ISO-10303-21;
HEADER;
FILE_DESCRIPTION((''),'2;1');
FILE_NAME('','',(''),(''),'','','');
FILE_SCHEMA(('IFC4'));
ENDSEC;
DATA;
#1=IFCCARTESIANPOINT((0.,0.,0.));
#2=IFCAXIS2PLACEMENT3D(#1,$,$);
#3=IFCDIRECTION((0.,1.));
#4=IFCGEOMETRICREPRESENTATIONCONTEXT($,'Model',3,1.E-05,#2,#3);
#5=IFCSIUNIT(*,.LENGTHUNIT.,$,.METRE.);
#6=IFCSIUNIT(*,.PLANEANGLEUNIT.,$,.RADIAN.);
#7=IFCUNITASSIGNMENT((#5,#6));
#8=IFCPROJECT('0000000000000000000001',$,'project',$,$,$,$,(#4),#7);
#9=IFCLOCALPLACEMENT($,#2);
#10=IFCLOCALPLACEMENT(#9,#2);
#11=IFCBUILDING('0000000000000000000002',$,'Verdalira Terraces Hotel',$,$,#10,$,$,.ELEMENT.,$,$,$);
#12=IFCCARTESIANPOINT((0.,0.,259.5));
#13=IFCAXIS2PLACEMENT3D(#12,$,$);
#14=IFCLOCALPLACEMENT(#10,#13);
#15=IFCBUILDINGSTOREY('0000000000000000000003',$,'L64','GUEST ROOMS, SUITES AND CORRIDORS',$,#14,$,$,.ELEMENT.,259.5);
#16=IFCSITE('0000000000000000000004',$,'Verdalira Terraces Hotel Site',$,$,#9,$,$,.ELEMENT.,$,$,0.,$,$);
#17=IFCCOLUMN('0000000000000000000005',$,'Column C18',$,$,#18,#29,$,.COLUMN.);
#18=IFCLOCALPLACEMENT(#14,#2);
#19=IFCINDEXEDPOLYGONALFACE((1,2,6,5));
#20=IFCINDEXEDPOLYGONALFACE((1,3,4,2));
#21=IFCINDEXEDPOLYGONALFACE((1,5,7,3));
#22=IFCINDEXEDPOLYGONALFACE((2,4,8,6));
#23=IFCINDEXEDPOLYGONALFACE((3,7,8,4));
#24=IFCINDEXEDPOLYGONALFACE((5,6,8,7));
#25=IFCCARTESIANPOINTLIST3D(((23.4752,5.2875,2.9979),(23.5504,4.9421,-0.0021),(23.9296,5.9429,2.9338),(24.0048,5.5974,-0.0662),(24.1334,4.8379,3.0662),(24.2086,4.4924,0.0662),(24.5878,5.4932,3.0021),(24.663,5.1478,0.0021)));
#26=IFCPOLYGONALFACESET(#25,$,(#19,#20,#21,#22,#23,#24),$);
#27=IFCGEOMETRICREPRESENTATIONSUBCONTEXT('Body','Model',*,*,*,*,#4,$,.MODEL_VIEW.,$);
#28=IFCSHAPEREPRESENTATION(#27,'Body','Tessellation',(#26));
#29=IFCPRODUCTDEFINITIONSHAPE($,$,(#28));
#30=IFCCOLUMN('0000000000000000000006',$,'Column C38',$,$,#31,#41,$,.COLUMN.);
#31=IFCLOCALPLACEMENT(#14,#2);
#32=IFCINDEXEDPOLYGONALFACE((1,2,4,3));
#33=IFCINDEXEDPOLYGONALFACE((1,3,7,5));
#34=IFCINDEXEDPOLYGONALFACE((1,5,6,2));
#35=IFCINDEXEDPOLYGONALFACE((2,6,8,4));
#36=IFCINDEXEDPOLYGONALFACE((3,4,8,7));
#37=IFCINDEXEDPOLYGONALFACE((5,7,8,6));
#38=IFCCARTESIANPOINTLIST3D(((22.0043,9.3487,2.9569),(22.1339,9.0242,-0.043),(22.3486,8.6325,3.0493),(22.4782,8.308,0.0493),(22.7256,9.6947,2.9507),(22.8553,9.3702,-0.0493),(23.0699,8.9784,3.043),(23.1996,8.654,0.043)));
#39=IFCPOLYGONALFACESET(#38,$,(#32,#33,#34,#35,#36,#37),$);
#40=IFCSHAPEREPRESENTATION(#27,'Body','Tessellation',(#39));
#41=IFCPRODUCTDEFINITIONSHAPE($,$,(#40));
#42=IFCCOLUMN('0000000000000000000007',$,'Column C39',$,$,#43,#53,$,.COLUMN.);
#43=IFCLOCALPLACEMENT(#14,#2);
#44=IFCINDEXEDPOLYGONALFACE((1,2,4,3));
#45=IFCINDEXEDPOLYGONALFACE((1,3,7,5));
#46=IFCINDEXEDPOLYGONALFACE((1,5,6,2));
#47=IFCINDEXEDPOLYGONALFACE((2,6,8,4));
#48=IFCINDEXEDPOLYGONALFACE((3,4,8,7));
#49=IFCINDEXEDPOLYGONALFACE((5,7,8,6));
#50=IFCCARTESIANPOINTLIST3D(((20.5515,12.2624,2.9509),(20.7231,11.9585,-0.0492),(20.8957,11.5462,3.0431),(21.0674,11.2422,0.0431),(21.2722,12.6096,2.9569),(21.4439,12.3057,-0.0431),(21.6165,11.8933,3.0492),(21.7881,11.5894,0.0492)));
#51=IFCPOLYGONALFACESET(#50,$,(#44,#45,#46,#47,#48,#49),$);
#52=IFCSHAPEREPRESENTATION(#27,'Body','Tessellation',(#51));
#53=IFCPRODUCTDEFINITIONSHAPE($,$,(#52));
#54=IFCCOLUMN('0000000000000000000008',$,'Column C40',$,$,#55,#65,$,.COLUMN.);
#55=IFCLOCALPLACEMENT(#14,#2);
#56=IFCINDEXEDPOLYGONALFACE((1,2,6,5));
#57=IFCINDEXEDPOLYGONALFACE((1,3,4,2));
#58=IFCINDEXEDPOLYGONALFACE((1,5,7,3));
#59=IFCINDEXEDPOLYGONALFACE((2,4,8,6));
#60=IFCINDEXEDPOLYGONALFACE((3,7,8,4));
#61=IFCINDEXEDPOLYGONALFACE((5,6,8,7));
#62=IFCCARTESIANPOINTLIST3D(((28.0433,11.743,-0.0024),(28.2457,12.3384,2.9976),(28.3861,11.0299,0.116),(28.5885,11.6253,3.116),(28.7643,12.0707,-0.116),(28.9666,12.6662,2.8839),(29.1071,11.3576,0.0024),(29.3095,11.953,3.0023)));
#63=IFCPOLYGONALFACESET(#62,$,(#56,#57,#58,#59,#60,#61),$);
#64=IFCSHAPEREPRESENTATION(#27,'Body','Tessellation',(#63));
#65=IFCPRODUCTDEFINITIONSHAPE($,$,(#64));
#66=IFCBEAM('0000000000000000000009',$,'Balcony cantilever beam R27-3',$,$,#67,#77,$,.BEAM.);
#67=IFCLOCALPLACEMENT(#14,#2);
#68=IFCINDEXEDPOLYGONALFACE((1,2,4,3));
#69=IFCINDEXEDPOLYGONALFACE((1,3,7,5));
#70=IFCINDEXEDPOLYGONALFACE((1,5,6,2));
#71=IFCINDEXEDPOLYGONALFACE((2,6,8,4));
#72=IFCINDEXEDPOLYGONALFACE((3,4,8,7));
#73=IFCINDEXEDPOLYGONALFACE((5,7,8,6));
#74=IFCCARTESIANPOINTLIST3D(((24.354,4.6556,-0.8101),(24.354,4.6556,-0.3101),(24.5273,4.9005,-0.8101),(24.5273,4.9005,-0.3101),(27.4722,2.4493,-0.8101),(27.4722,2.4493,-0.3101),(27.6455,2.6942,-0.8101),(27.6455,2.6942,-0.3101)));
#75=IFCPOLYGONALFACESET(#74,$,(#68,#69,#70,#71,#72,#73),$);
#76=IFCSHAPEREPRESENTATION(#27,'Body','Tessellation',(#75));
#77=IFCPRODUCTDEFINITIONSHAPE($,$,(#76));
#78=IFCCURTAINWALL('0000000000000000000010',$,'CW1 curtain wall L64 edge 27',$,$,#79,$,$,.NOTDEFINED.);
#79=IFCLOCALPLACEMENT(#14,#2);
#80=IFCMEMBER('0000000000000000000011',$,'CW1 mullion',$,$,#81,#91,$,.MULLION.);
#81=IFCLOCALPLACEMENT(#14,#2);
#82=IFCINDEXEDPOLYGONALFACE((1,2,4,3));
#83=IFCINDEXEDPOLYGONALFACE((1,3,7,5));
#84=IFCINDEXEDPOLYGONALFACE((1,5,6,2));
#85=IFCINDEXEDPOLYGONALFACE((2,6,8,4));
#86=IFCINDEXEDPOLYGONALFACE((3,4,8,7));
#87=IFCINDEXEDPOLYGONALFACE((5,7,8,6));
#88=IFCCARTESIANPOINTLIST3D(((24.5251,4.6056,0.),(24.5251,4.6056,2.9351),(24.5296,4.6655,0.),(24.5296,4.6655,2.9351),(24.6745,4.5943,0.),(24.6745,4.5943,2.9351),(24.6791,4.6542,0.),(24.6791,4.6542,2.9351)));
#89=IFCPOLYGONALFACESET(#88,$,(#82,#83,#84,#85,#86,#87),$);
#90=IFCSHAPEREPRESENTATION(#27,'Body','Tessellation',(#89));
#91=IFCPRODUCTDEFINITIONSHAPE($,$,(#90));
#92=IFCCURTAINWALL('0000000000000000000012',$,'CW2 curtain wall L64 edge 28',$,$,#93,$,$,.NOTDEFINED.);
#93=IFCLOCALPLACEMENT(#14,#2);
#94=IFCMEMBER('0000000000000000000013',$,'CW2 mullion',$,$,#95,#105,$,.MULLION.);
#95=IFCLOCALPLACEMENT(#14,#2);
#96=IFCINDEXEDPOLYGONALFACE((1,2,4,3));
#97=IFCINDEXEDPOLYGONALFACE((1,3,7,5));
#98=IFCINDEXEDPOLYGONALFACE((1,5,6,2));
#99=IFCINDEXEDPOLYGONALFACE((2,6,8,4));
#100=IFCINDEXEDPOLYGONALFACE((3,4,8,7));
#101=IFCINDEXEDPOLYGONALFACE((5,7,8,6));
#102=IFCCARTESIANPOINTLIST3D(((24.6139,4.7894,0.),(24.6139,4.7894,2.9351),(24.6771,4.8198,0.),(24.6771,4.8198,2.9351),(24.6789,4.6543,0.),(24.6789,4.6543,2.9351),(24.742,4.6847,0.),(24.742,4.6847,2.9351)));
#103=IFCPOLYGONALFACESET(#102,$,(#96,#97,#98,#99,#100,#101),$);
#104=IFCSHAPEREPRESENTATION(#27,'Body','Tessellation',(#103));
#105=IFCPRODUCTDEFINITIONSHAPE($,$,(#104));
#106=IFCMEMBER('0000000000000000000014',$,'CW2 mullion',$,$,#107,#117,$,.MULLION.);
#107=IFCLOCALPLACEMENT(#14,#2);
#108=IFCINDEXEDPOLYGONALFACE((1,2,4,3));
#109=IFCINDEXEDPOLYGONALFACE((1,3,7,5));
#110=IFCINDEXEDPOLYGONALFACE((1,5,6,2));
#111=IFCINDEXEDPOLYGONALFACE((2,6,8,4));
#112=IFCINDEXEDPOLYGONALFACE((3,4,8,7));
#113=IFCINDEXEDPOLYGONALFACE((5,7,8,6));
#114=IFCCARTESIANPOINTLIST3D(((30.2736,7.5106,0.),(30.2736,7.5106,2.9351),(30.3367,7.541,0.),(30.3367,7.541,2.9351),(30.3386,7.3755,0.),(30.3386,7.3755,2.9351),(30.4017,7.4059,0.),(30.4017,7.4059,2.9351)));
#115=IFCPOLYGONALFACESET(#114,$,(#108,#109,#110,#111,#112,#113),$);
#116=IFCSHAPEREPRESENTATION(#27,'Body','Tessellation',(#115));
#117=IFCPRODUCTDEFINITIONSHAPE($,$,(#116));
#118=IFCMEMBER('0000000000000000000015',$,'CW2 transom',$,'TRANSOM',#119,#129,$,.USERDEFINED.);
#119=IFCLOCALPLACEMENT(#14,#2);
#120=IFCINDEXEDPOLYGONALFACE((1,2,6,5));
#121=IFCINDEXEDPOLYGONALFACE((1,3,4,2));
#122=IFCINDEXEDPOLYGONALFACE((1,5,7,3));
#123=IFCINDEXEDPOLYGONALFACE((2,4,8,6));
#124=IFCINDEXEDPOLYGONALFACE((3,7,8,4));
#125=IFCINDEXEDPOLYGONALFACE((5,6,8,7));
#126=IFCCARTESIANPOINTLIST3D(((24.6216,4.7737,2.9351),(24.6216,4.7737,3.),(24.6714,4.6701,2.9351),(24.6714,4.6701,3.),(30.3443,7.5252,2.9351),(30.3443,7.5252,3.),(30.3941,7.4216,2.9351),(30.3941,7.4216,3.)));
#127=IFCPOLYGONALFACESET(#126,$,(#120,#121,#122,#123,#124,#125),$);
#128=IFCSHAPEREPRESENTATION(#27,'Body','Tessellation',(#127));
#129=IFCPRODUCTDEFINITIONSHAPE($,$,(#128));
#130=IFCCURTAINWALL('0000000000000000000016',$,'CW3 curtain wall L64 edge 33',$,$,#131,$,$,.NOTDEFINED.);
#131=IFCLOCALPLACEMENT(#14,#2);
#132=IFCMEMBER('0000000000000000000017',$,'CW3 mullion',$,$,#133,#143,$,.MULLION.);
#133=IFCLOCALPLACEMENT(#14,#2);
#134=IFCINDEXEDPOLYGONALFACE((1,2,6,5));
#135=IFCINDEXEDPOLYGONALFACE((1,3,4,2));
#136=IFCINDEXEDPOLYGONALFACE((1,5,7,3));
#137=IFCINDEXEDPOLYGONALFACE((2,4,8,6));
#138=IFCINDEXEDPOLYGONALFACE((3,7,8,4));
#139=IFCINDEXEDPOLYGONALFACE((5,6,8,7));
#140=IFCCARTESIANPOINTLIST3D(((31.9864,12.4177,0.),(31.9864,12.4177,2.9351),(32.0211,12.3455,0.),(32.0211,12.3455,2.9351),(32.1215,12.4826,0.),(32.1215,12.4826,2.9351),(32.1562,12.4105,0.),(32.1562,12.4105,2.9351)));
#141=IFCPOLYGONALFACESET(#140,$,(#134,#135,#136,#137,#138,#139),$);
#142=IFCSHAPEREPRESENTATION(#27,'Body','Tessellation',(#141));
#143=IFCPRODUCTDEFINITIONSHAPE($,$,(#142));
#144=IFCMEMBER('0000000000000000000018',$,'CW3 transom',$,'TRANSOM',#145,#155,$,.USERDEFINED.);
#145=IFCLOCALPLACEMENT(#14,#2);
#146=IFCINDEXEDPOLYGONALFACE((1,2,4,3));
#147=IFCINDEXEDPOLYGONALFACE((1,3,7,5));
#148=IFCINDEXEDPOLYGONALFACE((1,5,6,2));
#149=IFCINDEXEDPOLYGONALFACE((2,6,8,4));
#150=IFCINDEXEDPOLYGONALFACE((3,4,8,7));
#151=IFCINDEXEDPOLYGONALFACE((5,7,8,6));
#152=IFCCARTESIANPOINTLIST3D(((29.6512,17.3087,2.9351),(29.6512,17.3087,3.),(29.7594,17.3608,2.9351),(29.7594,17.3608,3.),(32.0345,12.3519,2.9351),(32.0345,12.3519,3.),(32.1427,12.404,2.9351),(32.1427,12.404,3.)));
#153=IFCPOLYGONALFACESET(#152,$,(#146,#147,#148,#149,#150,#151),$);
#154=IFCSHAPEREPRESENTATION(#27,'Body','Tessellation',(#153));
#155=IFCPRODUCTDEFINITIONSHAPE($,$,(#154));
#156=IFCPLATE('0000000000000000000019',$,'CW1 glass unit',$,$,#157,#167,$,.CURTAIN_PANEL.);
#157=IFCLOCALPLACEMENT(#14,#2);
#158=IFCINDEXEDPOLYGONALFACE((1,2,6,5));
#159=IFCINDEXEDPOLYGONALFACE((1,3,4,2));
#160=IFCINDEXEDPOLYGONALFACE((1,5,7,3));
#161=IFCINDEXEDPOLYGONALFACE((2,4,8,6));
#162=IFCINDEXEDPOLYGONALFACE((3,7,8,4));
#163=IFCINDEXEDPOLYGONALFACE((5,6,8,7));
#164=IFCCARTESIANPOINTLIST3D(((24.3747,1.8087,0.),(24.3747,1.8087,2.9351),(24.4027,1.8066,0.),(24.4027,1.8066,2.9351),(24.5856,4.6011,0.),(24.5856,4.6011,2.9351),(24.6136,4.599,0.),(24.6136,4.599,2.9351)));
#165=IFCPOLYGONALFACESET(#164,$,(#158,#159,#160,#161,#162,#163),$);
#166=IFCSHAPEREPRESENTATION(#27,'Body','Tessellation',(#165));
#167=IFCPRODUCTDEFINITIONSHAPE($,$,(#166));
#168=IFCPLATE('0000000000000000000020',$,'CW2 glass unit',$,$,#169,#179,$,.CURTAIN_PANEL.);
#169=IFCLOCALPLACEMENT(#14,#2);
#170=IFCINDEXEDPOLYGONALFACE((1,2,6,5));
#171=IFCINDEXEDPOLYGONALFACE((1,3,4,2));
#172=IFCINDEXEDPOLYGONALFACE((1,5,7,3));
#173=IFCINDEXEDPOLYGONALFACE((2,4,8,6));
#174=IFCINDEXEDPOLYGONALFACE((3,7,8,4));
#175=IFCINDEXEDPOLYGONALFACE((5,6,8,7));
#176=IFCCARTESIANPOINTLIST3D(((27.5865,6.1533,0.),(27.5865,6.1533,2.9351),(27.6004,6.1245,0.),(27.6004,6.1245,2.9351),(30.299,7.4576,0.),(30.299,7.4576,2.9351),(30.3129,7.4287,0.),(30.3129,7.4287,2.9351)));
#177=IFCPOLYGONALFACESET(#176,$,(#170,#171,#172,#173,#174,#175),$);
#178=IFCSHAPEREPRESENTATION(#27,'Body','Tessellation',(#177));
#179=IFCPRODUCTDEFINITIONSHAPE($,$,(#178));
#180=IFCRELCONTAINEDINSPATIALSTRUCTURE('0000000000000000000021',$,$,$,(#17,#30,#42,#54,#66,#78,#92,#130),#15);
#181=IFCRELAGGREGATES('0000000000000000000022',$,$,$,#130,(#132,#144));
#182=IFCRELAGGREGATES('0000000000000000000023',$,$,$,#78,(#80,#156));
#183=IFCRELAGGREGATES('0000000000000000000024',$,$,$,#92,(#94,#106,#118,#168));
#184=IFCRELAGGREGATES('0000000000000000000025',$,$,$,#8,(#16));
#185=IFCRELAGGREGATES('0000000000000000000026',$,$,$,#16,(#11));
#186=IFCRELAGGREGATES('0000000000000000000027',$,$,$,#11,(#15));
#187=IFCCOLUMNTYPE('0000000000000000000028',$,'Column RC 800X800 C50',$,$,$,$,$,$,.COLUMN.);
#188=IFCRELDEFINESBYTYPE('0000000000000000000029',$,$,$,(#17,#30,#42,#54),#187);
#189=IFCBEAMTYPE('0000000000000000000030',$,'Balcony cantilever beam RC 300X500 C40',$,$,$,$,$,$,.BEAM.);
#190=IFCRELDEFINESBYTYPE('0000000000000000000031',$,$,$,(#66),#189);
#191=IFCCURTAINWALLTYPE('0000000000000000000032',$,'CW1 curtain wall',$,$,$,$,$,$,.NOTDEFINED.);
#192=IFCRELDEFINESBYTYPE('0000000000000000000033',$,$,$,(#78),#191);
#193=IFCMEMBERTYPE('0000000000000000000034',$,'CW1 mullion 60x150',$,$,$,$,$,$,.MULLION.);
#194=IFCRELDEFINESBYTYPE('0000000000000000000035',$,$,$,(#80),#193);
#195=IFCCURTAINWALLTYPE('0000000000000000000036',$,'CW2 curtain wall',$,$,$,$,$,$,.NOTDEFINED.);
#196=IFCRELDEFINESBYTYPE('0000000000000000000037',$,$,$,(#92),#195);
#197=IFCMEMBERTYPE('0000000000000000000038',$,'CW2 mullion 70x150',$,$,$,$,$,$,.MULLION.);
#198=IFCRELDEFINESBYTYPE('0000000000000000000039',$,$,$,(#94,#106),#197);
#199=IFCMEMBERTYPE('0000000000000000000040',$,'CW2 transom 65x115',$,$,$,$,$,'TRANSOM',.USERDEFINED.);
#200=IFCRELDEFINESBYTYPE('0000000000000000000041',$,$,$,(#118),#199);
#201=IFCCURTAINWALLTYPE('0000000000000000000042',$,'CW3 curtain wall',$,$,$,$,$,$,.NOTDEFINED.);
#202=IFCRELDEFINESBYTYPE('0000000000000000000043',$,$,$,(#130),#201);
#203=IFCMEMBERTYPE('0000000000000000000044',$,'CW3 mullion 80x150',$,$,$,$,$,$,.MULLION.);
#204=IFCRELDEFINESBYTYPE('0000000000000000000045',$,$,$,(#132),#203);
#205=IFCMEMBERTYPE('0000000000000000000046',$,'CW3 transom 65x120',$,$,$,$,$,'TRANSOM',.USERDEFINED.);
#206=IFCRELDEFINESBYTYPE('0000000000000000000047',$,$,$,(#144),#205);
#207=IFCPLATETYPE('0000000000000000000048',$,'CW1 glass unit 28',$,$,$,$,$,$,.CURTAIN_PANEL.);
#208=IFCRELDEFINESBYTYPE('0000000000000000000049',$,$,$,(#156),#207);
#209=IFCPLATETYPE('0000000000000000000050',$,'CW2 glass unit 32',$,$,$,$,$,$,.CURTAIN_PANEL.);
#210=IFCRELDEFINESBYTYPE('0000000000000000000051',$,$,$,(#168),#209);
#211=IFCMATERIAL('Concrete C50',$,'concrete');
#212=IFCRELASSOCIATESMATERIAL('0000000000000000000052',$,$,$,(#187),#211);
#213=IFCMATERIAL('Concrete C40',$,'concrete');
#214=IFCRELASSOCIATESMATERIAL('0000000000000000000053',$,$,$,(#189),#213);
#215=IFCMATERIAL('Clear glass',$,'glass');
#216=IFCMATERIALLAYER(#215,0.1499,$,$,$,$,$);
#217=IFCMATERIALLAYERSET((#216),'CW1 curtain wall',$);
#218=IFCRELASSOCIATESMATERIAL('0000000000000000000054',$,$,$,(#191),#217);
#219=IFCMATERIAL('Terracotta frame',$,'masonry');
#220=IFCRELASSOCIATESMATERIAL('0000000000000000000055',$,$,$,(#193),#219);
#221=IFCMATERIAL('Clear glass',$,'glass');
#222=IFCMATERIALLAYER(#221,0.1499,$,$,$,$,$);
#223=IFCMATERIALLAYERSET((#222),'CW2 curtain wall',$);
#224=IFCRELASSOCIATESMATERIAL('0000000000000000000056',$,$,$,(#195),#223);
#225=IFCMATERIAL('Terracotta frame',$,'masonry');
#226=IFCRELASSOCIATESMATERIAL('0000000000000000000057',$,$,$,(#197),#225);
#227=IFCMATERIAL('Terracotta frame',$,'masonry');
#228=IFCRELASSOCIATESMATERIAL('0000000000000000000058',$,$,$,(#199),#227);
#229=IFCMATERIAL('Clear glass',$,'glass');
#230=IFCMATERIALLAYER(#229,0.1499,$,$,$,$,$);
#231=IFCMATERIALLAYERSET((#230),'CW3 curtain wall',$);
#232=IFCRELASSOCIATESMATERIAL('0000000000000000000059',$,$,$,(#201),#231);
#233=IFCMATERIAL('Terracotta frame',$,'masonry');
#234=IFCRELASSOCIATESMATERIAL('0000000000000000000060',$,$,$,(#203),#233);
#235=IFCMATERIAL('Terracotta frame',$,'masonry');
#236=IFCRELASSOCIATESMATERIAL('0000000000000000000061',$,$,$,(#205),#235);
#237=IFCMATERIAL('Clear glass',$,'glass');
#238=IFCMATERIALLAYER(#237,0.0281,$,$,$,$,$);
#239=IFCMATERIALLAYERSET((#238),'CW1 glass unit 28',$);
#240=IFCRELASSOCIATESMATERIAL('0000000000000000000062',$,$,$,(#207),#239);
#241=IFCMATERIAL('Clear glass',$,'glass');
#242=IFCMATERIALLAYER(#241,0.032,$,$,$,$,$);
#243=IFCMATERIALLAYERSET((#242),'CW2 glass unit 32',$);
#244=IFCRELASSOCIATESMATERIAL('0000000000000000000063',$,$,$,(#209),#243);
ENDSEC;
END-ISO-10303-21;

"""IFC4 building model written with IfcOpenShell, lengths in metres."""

from ifc_helpers import new_model, si_unit, direction, frame, origin, origin_2d, place, context, subcontext, project, spatial, rectangle, extrude, material, layer, layer_set, material_profile, profile_set, type_object, element, aggregate, save


model = new_model("IFC4")

# Units and contexts
model_context = context("Model", 3, precision=1e-05, world=origin(), true_north=direction((0.0, 1.0)))
body_context = subcontext(model_context, "Body", "Model", "MODEL_VIEW")
ifc_project = project(units=[si_unit("LENGTHUNIT", "METRE"), si_unit("PLANEANGLEUNIT", "RADIAN")], contexts=[model_context])

# Site, building, storey
site_placement = place(None, origin())
site = spatial("IfcSite", under=ifc_project, at=site_placement, Name="Verdalira Terraces Hotel Site", CompositionType="ELEMENT", RefElevation=0.0)
building_placement = place(site_placement, origin())
building = spatial("IfcBuilding", under=site, at=building_placement, Name="Verdalira Terraces Hotel", CompositionType="ELEMENT")
storey_placement = place(building_placement, frame((0.0, 0.0, 259.5)))
storey = spatial("IfcBuildingStorey", under=building, at=storey_placement, Name="L64", Description="GUEST ROOMS, SUITES AND CORRIDORS", CompositionType="ELEMENT", Elevation=259.5)

# Columns
ifc_material_1 = material(Name="Concrete C50", Category="concrete")
ifc_material_profile_1 = material_profile(ifc_material_1, rectangle(XDim=0.8, YDim=0.8, at=origin_2d()), Name="RC 800X800")
ifc_profile_set_1 = profile_set([ifc_material_profile_1], Name="Concrete C50")
column_type = type_object("IfcColumnType", Name="Column RC 800X800 C50", PredefinedType="COLUMN", material=ifc_profile_set_1)
column_1_placement = place(storey_placement, frame((24.1067, 5.0449, 0.0), z_axis=(-0.024893, 0.114362, 0.993127), x_axis=(-0.567941, -0.819163, 0.080094)))
element("IfcColumn", 1, at=column_1_placement, inside=storey, type_object=column_type, Name="Column C18", PredefinedType="COLUMN", context=body_context, shape_type="SweptSolid", body=[
    extrude(rectangle(XDim=0.8, YDim=0.8, at=origin_2d()), origin(), (0.0, 0.0, 1.0), 3.0208),
])
for number, where, z_axis, x_axis, name in (
    (2, (22.6667, 8.8391, 0.0), (-0.042923, 0.107428, 0.993286), (0.901629, 0.432439, -0.007808), "Column C38"),
    (3, (21.2556, 11.7739, 0.0), (-0.056827, 0.100639, 0.993299), (0.900907, 0.433946, 0.007574), "Column C39"),
):
    element("IfcColumn", number, at=place(storey_placement, frame(where, z_axis=z_axis, x_axis=x_axis)), inside=storey, type_object=column_type, Name=name, PredefinedType="COLUMN", context=body_context, shape_type="SweptSolid", body=[
        extrude(rectangle(XDim=0.8, YDim=0.8, at=origin_2d()), origin(), (0.0, 0.0, 1.0), 3.0203),
    ])
column_2_placement = place(storey_placement, frame((28.5752, 11.5503, 0.0), z_axis=(0.066029, 0.194263, 0.978725), x_axis=(0.901125, 0.409613, -0.142096)))
element("IfcColumn", 4, at=column_2_placement, inside=storey, type_object=column_type, Name="Column C40", PredefinedType="COLUMN", context=body_context, shape_type="SweptSolid", body=[
    extrude(rectangle(XDim=0.8, YDim=0.8, at=origin_2d()), origin(), (0.0, 0.0, 1.0), 3.0652),
])

# Beam
ifc_material_2 = material(Name="Concrete C40", Category="concrete")
ifc_material_profile_2 = material_profile(ifc_material_2, rectangle(XDim=0.3, YDim=0.5, at=origin_2d()), Name="RC 300X500")
ifc_profile_set_2 = profile_set([ifc_material_profile_2], Name="Concrete C40")
beam_type = type_object("IfcBeamType", Name="Balcony cantilever beam RC 300X500 C40", PredefinedType="BEAM", material=ifc_profile_set_2)
beam_placement = place(storey_placement, frame((24.4407, 4.7781, -0.5601), z_axis=(0.816321, -0.577599, 0.0), x_axis=(0.577599, 0.816321, 0.0)))
element("IfcBeam", 5, at=beam_placement, inside=storey, type_object=beam_type, Name="Balcony cantilever beam R27-3", PredefinedType="BEAM", context=body_context, shape_type="SweptSolid", body=[
    extrude(rectangle(XDim=0.3, YDim=0.5, at=origin_2d()), origin(), (0.0, 0.0, 1.0), 3.8198),
])

# Curtain wall, member
ifc_material_3 = material(Name="Clear glass", Category="glass")
ifc_layer_1 = layer(ifc_material_3, 0.1499)
ifc_layer_set_1 = layer_set([ifc_layer_1], Name="CW1 curtain wall")
curtain_wall_type_1 = type_object("IfcCurtainWallType", Name="CW1 curtain wall", PredefinedType="NOTDEFINED", material=ifc_layer_set_1)
curtain_wall_1_placement = place(storey_placement, origin())
curtain_wall_1 = element("IfcCurtainWall", 6, at=curtain_wall_1_placement, inside=storey, type_object=curtain_wall_type_1, Name="CW1 curtain wall L64 edge 27", PredefinedType="NOTDEFINED")
ifc_material_4 = material(Name="Terracotta frame", Category="masonry")
ifc_material_profile_3 = material_profile(ifc_material_4, rectangle(XDim=0.0601, YDim=0.1499, at=origin_2d()), Name="MU 60x150")
ifc_profile_set_3 = profile_set([ifc_material_profile_3], Name="Terracotta frame")
member_type_1 = type_object("IfcMemberType", Name="CW1 mullion 60x150", PredefinedType="MULLION", material=ifc_profile_set_3)
member_1_placement = place(storey_placement, frame((24.6021, 4.6299, 0.0), z_axis=(0.0, 0.0, 1.0), x_axis=(0.075327, 0.997159, 0.0)))
member_1 = element("IfcMember", 7, at=member_1_placement, type_object=member_type_1, Name="CW1 mullion", PredefinedType="MULLION", context=body_context, shape_type="SweptSolid", body=[
    extrude(rectangle(XDim=0.0601, YDim=0.1499, at=origin_2d()), origin(), (0.0, 0.0, 1.0), 2.9351),
])

# Curtain walls, members
ifc_material_5 = material(Name="Clear glass", Category="glass")
ifc_layer_2 = layer(ifc_material_5, 0.1499)
ifc_layer_set_2 = layer_set([ifc_layer_2], Name="CW2 curtain wall")
curtain_wall_type_2 = type_object("IfcCurtainWallType", Name="CW2 curtain wall", PredefinedType="NOTDEFINED", material=ifc_layer_set_2)
curtain_wall_2_placement = place(storey_placement, origin())
curtain_wall_2 = element("IfcCurtainWall", 8, at=curtain_wall_2_placement, inside=storey, type_object=curtain_wall_type_2, Name="CW2 curtain wall L64 edge 28", PredefinedType="NOTDEFINED")
ifc_material_6 = material(Name="Terracotta frame", Category="masonry")
ifc_material_profile_4 = material_profile(ifc_material_6, rectangle(XDim=0.0701, YDim=0.1499, at=origin_2d()), Name="MU 70x150")
ifc_profile_set_4 = profile_set([ifc_material_profile_4], Name="Terracotta frame")
member_type_2 = type_object("IfcMemberType", Name="CW2 mullion 70x150", PredefinedType="MULLION", material=ifc_profile_set_4)
member_2_placement = place(storey_placement, frame((24.678, 4.7371, 0.0), z_axis=(0.0, 0.0, 1.0), x_axis=(0.901228, 0.433345, 0.0)))
member_2 = element("IfcMember", 9, at=member_2_placement, type_object=member_type_2, Name="CW2 mullion", PredefinedType="MULLION", context=body_context, shape_type="SweptSolid", body=[
    extrude(rectangle(XDim=0.0701, YDim=0.1499, at=origin_2d()), origin(), (0.0, 0.0, 1.0), 2.9351),
])
member_3_placement = place(storey_placement, frame((30.3376, 7.4583, 0.0), z_axis=(0.0, 0.0, 1.0), x_axis=(0.901228, 0.433345, 0.0)))
member_3 = element("IfcMember", 10, at=member_3_placement, type_object=member_type_2, Name="CW2 mullion", PredefinedType="MULLION", context=body_context, shape_type="SweptSolid", body=[
    extrude(rectangle(XDim=0.0701, YDim=0.1499, at=origin_2d()), origin(), (0.0, 0.0, 1.0), 2.9351),
])
ifc_material_7 = material(Name="Terracotta frame", Category="masonry")
ifc_material_profile_5 = material_profile(ifc_material_7, rectangle(XDim=0.115, YDim=0.0649, at=origin_2d()), Name="TR 65x115")
ifc_profile_set_5 = profile_set([ifc_material_profile_5], Name="Terracotta frame")
member_type_3 = type_object("IfcMemberType", Name="CW2 transom 65x115", ElementType="TRANSOM", PredefinedType="USERDEFINED", material=ifc_profile_set_5)
member_4_placement = place(storey_placement, frame((24.6465, 4.7219, 2.9675), z_axis=(0.901241, 0.433318, 0.0), x_axis=(-0.433318, 0.901241, 0.0)))
member_4 = element("IfcMember", 11, at=member_4_placement, type_object=member_type_3, Name="CW2 transom", ObjectType="TRANSOM", PredefinedType="USERDEFINED", context=body_context, shape_type="SweptSolid", body=[
    extrude(rectangle(XDim=0.115, YDim=0.0649, at=origin_2d()), origin(), (0.0, 0.0, 1.0), 6.3499),
])
ifc_material_8 = material(Name="Clear glass", Category="glass")
ifc_layer_3 = layer(ifc_material_8, 0.1499)
ifc_layer_set_3 = layer_set([ifc_layer_3], Name="CW3 curtain wall")
curtain_wall_type_3 = type_object("IfcCurtainWallType", Name="CW3 curtain wall", PredefinedType="NOTDEFINED", material=ifc_layer_set_3)
curtain_wall_3_placement = place(storey_placement, origin())
curtain_wall_3 = element("IfcCurtainWall", 12, at=curtain_wall_3_placement, inside=storey, type_object=curtain_wall_type_3, Name="CW3 curtain wall L64 edge 33", PredefinedType="NOTDEFINED")
ifc_material_9 = material(Name="Terracotta frame", Category="masonry")
ifc_material_profile_6 = material_profile(ifc_material_9, rectangle(XDim=0.0801, YDim=0.1499, at=origin_2d()), Name="MU 80x150")
ifc_profile_set_6 = profile_set([ifc_material_profile_6], Name="Terracotta frame")
member_type_4 = type_object("IfcMemberType", Name="CW3 mullion 80x150", PredefinedType="MULLION", material=ifc_profile_set_6)
member_5_placement = place(storey_placement, frame((32.0713, 12.4141, 0.0), z_axis=(0.0, 0.0, 1.0), x_axis=(-0.433345, 0.901228, 0.0)))
member_5 = element("IfcMember", 13, at=member_5_placement, type_object=member_type_4, Name="CW3 mullion", PredefinedType="MULLION", context=body_context, shape_type="SweptSolid", body=[
    extrude(rectangle(XDim=0.0801, YDim=0.1499, at=origin_2d()), origin(), (0.0, 0.0, 1.0), 2.9351),
])
ifc_material_10 = material(Name="Terracotta frame", Category="masonry")
ifc_material_profile_7 = material_profile(ifc_material_10, rectangle(XDim=0.1201, YDim=0.0649, at=origin_2d()), Name="TR 65x120")
ifc_profile_set_7 = profile_set([ifc_material_profile_7], Name="Terracotta frame")
member_type_5 = type_object("IfcMemberType", Name="CW3 transom 65x120", ElementType="TRANSOM", PredefinedType="USERDEFINED", material=ifc_profile_set_7)
member_6_placement = place(storey_placement, frame((32.0886, 12.3779, 2.9675), z_axis=(-0.433328, 0.901236, 0.0), x_axis=(-0.901236, -0.433328, 0.0)))
member_6 = element("IfcMember", 14, at=member_6_placement, type_object=member_type_5, Name="CW3 transom", ObjectType="TRANSOM", PredefinedType="USERDEFINED", context=body_context, shape_type="SweptSolid", body=[
    extrude(rectangle(XDim=0.1201, YDim=0.0649, at=origin_2d()), origin(), (0.0, 0.0, 1.0), 5.5),
])
aggregate(curtain_wall_3, [member_5, member_6])

# Plates
ifc_material_11 = material(Name="Clear glass", Category="glass")
ifc_layer_4 = layer(ifc_material_11, 0.0281)
ifc_layer_set_4 = layer_set([ifc_layer_4], Name="CW1 glass unit 28")
plate_type_1 = type_object("IfcPlateType", Name="CW1 glass unit 28", PredefinedType="CURTAIN_PANEL", material=ifc_layer_set_4)
plate_1_placement = place(storey_placement, frame((24.4941, 3.2039, 0.0), z_axis=(0.0, 0.0, 1.0), x_axis=(0.075327, 0.997159, 0.0)))
plate_1 = element("IfcPlate", 15, at=plate_1_placement, type_object=plate_type_1, Name="CW1 glass unit", PredefinedType="CURTAIN_PANEL", context=body_context, shape_type="SweptSolid", body=[
    extrude(rectangle(XDim=2.8003, YDim=0.0281, at=origin_2d()), origin(), (0.0, 0.0, 1.0), 2.9351),
])
aggregate(curtain_wall_1, [member_1, plate_1])
ifc_material_12 = material(Name="Clear glass", Category="glass")
ifc_layer_5 = layer(ifc_material_12, 0.032)
ifc_layer_set_5 = layer_set([ifc_layer_5], Name="CW2 glass unit 32")
plate_type_2 = type_object("IfcPlateType", Name="CW2 glass unit 32", PredefinedType="CURTAIN_PANEL", material=ifc_layer_set_5)
plate_2_placement = place(storey_placement, frame((28.9497, 6.791, 0.0), z_axis=(0.0, 0.0, 1.0), x_axis=(0.901228, 0.433345, 0.0)))
plate_2 = element("IfcPlate", 16, at=plate_2_placement, type_object=plate_type_2, Name="CW2 glass unit", PredefinedType="CURTAIN_PANEL", context=body_context, shape_type="SweptSolid", body=[
    extrude(rectangle(XDim=3.0098, YDim=0.032, at=origin_2d()), origin(), (0.0, 0.0, 1.0), 2.9351),
])
aggregate(curtain_wall_2, [member_2, member_3, member_4, plate_2])

save(model, "model.ifc")
